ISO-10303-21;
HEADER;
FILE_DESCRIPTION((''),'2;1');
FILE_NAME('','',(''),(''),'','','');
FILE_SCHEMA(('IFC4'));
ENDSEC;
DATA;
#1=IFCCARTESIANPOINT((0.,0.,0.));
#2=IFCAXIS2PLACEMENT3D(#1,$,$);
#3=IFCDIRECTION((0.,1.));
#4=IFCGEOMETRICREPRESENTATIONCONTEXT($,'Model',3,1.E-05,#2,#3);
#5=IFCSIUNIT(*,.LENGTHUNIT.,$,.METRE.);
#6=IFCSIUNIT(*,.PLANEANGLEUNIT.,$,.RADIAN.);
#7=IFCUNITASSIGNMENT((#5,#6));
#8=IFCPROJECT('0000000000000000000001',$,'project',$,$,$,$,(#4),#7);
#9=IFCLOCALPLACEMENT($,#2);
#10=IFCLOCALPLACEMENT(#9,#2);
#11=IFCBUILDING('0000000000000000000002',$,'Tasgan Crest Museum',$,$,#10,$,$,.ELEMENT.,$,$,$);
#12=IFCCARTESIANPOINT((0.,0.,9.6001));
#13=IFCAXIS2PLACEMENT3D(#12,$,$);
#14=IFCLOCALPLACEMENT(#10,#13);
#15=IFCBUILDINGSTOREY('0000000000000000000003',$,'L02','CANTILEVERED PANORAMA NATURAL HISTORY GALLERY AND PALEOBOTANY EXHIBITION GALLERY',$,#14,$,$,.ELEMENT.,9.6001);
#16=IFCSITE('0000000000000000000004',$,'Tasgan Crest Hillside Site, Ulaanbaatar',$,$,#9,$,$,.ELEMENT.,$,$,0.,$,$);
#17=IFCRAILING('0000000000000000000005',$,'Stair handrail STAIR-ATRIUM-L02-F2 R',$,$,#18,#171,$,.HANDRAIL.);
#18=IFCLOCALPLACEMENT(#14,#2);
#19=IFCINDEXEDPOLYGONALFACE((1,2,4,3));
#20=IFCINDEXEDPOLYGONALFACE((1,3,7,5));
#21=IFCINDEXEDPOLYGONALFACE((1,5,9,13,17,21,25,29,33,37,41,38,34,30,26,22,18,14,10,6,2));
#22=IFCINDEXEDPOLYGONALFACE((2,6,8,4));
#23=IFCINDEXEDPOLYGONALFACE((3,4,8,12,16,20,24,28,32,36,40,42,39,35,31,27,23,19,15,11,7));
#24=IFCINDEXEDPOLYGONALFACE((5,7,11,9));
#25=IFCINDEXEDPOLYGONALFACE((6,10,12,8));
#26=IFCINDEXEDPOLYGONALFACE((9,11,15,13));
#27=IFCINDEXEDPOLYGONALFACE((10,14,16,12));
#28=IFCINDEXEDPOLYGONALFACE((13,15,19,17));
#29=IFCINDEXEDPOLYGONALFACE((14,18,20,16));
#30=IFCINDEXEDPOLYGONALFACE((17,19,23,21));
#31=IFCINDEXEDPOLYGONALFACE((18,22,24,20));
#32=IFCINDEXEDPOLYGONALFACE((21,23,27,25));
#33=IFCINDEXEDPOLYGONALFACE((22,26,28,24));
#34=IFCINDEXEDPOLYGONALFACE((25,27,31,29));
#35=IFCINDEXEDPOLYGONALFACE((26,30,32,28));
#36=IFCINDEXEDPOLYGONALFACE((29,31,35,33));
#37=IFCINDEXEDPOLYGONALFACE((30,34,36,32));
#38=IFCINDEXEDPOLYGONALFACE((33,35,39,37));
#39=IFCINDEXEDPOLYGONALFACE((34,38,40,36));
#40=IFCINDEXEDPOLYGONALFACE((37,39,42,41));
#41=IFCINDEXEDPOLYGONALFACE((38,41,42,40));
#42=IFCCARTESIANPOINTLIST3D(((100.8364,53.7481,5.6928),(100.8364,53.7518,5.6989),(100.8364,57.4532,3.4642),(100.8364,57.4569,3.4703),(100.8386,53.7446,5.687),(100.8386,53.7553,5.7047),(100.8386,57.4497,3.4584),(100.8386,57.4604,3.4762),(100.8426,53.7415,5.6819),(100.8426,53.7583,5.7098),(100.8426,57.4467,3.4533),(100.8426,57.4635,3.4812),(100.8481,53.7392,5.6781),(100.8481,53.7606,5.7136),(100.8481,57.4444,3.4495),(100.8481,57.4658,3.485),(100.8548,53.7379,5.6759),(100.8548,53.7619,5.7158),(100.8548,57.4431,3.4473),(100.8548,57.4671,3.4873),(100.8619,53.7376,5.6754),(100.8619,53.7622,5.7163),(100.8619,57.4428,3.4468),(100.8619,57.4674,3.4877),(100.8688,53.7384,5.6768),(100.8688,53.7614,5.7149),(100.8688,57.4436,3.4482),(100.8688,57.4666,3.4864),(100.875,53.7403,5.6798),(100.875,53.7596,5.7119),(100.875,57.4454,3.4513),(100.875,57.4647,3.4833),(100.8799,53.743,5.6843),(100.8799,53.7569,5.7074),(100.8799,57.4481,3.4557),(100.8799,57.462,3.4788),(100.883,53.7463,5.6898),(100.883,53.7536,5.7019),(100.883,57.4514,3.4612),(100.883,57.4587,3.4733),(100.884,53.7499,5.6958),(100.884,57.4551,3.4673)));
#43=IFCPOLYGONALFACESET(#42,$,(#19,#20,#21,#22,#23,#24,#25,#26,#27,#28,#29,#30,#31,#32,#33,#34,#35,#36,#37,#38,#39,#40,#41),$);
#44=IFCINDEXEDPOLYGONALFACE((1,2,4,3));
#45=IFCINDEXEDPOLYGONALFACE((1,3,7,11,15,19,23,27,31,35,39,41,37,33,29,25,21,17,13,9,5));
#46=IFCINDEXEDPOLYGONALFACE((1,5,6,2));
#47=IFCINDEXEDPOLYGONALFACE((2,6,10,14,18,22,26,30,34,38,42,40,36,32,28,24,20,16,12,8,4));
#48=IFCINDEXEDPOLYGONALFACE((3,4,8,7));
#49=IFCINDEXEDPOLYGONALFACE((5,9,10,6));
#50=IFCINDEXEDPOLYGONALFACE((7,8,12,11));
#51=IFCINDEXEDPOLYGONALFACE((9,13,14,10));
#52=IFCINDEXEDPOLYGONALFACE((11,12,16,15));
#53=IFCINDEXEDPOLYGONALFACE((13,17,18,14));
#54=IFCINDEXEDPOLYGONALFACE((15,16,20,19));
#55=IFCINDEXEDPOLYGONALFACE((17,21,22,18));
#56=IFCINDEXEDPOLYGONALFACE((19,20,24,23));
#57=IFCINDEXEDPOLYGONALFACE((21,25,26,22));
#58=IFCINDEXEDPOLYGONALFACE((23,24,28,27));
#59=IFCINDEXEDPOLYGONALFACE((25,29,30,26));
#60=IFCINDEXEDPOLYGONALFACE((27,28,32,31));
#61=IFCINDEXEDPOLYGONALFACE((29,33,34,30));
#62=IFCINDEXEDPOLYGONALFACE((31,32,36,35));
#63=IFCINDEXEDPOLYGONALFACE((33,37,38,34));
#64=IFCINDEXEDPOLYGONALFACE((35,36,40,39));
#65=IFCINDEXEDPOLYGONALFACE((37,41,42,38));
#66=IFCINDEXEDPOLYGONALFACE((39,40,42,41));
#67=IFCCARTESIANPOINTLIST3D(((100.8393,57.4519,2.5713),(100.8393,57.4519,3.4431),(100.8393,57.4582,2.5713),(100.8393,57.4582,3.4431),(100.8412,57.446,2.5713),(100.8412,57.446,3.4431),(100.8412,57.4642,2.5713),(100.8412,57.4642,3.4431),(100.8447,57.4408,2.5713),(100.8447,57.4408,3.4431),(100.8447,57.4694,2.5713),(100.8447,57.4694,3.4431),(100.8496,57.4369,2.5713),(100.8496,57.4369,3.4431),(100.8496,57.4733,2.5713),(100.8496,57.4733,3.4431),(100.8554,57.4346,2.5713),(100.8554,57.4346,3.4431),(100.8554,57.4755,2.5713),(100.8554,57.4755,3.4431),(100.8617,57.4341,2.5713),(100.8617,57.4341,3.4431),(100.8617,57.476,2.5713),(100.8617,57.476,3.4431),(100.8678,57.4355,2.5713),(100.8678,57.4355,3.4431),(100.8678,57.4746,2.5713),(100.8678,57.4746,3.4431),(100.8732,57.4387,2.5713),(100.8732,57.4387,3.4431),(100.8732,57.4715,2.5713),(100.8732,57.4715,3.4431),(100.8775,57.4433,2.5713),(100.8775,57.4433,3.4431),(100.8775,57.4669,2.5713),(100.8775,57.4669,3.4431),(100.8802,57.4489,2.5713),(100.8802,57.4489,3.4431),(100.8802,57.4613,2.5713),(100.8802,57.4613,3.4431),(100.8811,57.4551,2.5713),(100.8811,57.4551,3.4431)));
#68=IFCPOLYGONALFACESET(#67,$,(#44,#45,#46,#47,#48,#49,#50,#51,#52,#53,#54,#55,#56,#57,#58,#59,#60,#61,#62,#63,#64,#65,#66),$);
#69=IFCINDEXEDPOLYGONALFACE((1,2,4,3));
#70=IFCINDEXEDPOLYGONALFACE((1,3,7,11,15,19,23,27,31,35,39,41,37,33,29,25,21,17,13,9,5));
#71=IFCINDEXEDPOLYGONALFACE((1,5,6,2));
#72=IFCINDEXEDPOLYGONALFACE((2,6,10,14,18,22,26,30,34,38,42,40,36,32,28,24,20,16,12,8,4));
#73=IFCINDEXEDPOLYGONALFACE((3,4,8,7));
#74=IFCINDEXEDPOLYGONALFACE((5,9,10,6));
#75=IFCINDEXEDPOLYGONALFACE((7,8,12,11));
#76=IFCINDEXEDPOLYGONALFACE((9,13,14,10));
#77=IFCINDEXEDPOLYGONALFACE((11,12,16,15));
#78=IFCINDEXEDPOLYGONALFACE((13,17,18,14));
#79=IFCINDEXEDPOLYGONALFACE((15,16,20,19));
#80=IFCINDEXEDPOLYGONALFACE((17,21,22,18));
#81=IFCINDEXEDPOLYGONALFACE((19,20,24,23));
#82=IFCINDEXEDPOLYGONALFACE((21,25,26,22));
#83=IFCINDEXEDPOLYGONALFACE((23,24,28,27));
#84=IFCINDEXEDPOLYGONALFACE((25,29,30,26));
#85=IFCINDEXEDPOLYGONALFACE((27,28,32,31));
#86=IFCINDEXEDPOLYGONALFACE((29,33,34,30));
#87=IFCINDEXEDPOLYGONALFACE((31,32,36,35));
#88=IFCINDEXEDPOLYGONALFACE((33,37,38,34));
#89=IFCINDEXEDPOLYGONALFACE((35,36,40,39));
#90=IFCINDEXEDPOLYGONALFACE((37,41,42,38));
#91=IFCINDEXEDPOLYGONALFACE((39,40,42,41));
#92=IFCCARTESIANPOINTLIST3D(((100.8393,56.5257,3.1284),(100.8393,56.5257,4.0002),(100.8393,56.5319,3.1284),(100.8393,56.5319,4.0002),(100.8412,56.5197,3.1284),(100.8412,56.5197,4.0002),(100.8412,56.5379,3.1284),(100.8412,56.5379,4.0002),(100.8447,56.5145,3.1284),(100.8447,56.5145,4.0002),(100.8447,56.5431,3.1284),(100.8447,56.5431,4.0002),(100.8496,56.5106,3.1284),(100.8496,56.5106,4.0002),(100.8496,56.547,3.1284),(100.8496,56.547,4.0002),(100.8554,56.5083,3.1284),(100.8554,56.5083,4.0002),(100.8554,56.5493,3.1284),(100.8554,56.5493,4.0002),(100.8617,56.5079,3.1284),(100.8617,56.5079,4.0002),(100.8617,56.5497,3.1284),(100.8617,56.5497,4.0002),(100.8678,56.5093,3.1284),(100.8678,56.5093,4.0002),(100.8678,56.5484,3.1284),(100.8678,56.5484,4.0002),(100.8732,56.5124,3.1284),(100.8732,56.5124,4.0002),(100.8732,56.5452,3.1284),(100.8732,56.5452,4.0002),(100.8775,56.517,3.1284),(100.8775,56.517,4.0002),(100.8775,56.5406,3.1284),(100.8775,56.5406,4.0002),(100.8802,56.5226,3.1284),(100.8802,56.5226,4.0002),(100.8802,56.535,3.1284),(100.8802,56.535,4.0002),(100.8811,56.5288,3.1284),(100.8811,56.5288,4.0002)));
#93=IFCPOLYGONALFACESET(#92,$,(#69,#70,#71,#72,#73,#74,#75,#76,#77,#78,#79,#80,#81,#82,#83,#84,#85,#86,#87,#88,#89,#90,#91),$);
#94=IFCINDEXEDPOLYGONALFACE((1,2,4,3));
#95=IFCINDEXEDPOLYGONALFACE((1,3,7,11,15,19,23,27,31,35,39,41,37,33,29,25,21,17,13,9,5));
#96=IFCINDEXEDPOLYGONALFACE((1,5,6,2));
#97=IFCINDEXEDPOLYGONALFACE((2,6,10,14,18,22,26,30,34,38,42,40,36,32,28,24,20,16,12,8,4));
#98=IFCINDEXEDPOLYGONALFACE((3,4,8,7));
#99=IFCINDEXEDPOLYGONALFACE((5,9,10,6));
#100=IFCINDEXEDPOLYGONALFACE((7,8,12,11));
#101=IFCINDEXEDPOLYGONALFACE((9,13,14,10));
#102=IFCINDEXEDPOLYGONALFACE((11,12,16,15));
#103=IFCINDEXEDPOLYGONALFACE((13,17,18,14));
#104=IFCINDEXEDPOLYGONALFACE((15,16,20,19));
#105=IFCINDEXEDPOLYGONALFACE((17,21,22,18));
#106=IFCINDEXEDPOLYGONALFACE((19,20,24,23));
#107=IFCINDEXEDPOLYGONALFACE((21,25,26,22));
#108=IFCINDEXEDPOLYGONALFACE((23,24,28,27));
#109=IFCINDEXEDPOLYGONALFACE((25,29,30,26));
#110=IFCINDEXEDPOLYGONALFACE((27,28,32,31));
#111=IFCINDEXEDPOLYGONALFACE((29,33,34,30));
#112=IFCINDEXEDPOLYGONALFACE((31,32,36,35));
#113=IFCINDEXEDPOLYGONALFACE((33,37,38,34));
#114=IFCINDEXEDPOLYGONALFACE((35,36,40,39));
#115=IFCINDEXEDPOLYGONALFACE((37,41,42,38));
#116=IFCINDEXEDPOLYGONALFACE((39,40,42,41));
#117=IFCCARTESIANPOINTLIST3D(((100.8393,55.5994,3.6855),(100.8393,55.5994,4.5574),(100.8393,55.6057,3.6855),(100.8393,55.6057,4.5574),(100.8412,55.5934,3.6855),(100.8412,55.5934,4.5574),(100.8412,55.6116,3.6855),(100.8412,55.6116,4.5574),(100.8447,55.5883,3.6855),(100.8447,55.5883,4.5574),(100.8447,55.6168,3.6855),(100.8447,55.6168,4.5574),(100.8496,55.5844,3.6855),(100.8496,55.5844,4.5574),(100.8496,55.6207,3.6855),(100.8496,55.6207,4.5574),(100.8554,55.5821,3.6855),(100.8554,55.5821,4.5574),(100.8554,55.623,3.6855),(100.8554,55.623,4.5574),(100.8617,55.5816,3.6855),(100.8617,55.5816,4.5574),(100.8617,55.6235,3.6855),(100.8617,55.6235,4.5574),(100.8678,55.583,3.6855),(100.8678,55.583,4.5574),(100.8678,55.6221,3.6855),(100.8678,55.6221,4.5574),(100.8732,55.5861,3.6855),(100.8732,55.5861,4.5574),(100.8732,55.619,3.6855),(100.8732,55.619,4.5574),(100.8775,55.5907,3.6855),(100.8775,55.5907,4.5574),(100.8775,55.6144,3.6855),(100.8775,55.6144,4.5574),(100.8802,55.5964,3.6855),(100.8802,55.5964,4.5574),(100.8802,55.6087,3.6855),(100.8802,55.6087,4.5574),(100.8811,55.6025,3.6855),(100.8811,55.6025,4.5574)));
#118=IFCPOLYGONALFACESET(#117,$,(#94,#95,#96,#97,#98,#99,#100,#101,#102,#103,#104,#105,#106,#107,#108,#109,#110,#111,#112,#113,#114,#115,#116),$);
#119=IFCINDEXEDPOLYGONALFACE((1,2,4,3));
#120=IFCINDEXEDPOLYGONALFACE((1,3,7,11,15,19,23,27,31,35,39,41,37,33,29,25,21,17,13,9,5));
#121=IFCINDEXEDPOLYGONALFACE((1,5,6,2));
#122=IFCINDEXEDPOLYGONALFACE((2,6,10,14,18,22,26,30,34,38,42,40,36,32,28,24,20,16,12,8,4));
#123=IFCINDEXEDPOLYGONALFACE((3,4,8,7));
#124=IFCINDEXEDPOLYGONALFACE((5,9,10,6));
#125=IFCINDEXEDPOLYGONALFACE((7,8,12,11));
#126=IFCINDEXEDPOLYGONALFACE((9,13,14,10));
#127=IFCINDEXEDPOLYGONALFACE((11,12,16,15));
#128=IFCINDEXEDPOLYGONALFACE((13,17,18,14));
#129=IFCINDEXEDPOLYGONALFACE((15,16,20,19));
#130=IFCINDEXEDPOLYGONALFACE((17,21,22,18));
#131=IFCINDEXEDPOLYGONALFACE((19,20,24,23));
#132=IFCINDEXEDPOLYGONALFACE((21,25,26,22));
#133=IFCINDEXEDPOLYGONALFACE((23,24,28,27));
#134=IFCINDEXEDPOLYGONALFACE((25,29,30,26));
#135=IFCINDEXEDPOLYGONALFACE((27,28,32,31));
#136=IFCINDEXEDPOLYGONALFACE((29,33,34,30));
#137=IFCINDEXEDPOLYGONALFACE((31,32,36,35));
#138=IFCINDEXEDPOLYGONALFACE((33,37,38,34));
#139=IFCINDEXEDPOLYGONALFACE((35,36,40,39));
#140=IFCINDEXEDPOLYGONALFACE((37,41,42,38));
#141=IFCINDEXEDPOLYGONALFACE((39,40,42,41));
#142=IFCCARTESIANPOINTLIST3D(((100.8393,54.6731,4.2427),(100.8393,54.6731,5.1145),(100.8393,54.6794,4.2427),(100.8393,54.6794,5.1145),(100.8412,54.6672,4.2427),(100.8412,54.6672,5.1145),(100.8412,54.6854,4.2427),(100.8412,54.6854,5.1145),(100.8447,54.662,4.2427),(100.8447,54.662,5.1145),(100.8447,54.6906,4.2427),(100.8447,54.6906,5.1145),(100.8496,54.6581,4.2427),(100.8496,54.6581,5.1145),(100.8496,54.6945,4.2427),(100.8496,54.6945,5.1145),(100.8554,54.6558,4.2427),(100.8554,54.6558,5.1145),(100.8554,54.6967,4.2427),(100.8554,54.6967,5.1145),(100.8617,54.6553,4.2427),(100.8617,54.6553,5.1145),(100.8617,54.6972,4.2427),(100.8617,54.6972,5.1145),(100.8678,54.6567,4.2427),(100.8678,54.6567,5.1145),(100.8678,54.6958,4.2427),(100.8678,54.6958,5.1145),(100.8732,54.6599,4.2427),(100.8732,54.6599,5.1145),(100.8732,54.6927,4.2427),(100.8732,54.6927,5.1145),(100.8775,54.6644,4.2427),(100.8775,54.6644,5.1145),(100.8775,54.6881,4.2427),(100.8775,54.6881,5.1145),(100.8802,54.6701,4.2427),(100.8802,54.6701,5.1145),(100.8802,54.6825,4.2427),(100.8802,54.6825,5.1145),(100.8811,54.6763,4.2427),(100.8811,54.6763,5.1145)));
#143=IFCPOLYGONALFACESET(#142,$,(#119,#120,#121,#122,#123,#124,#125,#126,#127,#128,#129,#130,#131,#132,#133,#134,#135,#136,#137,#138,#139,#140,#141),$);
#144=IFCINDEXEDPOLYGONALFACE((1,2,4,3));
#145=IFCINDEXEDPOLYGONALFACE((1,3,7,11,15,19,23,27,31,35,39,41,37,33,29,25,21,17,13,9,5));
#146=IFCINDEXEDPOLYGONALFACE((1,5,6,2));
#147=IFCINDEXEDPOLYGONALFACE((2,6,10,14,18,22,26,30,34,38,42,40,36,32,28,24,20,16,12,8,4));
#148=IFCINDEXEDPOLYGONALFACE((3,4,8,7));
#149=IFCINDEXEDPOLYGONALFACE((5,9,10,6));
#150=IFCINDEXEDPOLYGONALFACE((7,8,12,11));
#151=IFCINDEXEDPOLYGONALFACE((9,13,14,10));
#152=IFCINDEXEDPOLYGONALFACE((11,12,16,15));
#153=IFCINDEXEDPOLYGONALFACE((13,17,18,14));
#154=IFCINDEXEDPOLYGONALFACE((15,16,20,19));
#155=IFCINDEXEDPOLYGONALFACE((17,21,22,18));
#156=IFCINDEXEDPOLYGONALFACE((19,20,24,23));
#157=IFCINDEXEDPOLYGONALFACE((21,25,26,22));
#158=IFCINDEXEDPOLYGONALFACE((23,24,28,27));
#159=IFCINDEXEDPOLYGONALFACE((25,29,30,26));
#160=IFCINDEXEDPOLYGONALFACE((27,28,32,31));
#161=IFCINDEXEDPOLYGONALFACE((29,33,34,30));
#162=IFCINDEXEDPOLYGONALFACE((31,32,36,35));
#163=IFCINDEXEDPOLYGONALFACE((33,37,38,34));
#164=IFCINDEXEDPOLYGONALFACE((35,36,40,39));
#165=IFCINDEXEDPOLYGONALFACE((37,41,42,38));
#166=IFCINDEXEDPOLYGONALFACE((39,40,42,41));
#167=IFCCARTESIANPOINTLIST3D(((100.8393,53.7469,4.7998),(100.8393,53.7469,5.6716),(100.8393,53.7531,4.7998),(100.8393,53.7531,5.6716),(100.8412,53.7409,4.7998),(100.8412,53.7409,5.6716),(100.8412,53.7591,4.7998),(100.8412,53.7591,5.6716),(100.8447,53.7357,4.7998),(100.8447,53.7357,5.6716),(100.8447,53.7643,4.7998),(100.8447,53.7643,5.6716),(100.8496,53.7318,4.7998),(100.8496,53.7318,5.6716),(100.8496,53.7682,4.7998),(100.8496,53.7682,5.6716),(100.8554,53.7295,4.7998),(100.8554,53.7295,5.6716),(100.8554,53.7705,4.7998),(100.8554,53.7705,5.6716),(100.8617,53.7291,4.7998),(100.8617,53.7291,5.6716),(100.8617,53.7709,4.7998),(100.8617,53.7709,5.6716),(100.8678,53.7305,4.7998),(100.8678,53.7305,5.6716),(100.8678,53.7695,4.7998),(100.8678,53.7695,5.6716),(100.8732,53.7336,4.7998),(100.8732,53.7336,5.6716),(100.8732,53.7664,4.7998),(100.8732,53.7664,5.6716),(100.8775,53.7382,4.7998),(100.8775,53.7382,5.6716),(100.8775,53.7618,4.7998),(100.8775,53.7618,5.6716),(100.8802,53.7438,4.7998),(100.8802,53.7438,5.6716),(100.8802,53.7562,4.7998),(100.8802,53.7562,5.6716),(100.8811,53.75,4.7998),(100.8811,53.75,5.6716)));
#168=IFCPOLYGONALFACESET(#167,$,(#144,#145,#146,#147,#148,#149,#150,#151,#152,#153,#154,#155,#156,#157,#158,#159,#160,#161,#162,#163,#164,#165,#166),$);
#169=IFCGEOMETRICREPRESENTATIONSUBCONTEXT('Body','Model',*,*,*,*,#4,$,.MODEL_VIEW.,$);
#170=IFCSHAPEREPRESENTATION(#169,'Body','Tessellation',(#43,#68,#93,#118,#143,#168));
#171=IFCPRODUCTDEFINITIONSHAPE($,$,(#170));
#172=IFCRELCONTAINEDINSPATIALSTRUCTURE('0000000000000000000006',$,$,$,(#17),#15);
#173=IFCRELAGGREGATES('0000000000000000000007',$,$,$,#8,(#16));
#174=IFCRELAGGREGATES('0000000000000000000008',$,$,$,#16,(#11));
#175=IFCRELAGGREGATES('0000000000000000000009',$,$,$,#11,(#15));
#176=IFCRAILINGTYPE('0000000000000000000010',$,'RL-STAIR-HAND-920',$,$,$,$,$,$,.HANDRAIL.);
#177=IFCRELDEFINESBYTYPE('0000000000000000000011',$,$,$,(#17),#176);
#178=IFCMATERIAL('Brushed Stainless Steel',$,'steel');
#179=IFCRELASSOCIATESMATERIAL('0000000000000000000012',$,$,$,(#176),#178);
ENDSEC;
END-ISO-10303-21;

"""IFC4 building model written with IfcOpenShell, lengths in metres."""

from ifc_helpers import new_model, si_unit, direction, frame, origin, origin_2d, place, context, subcontext, project, spatial, circle, extrude, material, type_object, element, save


model = new_model("IFC4")

# Units and contexts
model_context = context("Model", 3, precision=1e-05, world=origin(), true_north=direction((0.0, 1.0)))
body_context = subcontext(model_context, "Body", "Model", "MODEL_VIEW")
ifc_project = project(units=[si_unit("LENGTHUNIT", "METRE"), si_unit("PLANEANGLEUNIT", "RADIAN")], contexts=[model_context])

# Site, building, storey
site_placement = place(None, origin())
site = spatial("IfcSite", under=ifc_project, at=site_placement, Name="Tasgan Crest Hillside Site, Ulaanbaatar", CompositionType="ELEMENT", RefElevation=0.0)
building_placement = place(site_placement, origin())
building = spatial("IfcBuilding", under=site, at=building_placement, Name="Tasgan Crest Museum", CompositionType="ELEMENT")
storey_placement = place(building_placement, frame((0.0, 0.0, 9.6001)))
storey = spatial("IfcBuildingStorey", under=building, at=storey_placement, Name="L02", Description="CANTILEVERED PANORAMA NATURAL HISTORY GALLERY AND PALEOBOTANY EXHIBITION GALLERY", CompositionType="ELEMENT", Elevation=9.6001)

# Railing
ifc_material_1 = material(Name="Brushed Stainless Steel", Category="steel")
railing_type_1 = type_object("IfcRailingType", Name="RL-STAIR-HAND-920", PredefinedType="HANDRAIL", material=ifc_material_1)
for number, where, name in (
    (1, (100.8601, 57.4551, 2.5713), "Stair handrail STAIR-ATRIUM-L02-F2 R"),
):
    element("IfcRailing", number, at=place(storey_placement, frame(where)), inside=storey, type_object=railing_type_1, Name=name, PredefinedType="HANDRAIL", context=body_context, shape_type="SweptSolid", body=[
        extrude(circle(Radius=0.0239, at=origin_2d()), frame((0.0, 0.0, 0.896), z_axis=(0.0, -0.856934, 0.515425), x_axis=(1.0, 0.0, 0.0)), (0.0, 0.0, 1.0), 4.3237),
        extrude(circle(Radius=0.021, at=origin_2d()), origin(), (0.0, 0.0, 1.0), 0.8718),
        extrude(circle(Radius=0.021, at=origin_2d()), frame((0.0, -0.9263, 0.5571)), (0.0, 0.0, 1.0), 0.8718),
        extrude(circle(Radius=0.021, at=origin_2d()), frame((0.0, -1.8525, 1.1143)), (0.0, 0.0, 1.0), 0.8718),
        extrude(circle(Radius=0.021, at=origin_2d()), frame((0.0, -2.7788, 1.6714)), (0.0, 0.0, 1.0), 0.8718),
        extrude(circle(Radius=0.021, at=origin_2d()), frame((0.0, -3.7051, 2.2285)), (0.0, 0.0, 1.0), 0.8718),
    ])

save(model, "model.ifc")
